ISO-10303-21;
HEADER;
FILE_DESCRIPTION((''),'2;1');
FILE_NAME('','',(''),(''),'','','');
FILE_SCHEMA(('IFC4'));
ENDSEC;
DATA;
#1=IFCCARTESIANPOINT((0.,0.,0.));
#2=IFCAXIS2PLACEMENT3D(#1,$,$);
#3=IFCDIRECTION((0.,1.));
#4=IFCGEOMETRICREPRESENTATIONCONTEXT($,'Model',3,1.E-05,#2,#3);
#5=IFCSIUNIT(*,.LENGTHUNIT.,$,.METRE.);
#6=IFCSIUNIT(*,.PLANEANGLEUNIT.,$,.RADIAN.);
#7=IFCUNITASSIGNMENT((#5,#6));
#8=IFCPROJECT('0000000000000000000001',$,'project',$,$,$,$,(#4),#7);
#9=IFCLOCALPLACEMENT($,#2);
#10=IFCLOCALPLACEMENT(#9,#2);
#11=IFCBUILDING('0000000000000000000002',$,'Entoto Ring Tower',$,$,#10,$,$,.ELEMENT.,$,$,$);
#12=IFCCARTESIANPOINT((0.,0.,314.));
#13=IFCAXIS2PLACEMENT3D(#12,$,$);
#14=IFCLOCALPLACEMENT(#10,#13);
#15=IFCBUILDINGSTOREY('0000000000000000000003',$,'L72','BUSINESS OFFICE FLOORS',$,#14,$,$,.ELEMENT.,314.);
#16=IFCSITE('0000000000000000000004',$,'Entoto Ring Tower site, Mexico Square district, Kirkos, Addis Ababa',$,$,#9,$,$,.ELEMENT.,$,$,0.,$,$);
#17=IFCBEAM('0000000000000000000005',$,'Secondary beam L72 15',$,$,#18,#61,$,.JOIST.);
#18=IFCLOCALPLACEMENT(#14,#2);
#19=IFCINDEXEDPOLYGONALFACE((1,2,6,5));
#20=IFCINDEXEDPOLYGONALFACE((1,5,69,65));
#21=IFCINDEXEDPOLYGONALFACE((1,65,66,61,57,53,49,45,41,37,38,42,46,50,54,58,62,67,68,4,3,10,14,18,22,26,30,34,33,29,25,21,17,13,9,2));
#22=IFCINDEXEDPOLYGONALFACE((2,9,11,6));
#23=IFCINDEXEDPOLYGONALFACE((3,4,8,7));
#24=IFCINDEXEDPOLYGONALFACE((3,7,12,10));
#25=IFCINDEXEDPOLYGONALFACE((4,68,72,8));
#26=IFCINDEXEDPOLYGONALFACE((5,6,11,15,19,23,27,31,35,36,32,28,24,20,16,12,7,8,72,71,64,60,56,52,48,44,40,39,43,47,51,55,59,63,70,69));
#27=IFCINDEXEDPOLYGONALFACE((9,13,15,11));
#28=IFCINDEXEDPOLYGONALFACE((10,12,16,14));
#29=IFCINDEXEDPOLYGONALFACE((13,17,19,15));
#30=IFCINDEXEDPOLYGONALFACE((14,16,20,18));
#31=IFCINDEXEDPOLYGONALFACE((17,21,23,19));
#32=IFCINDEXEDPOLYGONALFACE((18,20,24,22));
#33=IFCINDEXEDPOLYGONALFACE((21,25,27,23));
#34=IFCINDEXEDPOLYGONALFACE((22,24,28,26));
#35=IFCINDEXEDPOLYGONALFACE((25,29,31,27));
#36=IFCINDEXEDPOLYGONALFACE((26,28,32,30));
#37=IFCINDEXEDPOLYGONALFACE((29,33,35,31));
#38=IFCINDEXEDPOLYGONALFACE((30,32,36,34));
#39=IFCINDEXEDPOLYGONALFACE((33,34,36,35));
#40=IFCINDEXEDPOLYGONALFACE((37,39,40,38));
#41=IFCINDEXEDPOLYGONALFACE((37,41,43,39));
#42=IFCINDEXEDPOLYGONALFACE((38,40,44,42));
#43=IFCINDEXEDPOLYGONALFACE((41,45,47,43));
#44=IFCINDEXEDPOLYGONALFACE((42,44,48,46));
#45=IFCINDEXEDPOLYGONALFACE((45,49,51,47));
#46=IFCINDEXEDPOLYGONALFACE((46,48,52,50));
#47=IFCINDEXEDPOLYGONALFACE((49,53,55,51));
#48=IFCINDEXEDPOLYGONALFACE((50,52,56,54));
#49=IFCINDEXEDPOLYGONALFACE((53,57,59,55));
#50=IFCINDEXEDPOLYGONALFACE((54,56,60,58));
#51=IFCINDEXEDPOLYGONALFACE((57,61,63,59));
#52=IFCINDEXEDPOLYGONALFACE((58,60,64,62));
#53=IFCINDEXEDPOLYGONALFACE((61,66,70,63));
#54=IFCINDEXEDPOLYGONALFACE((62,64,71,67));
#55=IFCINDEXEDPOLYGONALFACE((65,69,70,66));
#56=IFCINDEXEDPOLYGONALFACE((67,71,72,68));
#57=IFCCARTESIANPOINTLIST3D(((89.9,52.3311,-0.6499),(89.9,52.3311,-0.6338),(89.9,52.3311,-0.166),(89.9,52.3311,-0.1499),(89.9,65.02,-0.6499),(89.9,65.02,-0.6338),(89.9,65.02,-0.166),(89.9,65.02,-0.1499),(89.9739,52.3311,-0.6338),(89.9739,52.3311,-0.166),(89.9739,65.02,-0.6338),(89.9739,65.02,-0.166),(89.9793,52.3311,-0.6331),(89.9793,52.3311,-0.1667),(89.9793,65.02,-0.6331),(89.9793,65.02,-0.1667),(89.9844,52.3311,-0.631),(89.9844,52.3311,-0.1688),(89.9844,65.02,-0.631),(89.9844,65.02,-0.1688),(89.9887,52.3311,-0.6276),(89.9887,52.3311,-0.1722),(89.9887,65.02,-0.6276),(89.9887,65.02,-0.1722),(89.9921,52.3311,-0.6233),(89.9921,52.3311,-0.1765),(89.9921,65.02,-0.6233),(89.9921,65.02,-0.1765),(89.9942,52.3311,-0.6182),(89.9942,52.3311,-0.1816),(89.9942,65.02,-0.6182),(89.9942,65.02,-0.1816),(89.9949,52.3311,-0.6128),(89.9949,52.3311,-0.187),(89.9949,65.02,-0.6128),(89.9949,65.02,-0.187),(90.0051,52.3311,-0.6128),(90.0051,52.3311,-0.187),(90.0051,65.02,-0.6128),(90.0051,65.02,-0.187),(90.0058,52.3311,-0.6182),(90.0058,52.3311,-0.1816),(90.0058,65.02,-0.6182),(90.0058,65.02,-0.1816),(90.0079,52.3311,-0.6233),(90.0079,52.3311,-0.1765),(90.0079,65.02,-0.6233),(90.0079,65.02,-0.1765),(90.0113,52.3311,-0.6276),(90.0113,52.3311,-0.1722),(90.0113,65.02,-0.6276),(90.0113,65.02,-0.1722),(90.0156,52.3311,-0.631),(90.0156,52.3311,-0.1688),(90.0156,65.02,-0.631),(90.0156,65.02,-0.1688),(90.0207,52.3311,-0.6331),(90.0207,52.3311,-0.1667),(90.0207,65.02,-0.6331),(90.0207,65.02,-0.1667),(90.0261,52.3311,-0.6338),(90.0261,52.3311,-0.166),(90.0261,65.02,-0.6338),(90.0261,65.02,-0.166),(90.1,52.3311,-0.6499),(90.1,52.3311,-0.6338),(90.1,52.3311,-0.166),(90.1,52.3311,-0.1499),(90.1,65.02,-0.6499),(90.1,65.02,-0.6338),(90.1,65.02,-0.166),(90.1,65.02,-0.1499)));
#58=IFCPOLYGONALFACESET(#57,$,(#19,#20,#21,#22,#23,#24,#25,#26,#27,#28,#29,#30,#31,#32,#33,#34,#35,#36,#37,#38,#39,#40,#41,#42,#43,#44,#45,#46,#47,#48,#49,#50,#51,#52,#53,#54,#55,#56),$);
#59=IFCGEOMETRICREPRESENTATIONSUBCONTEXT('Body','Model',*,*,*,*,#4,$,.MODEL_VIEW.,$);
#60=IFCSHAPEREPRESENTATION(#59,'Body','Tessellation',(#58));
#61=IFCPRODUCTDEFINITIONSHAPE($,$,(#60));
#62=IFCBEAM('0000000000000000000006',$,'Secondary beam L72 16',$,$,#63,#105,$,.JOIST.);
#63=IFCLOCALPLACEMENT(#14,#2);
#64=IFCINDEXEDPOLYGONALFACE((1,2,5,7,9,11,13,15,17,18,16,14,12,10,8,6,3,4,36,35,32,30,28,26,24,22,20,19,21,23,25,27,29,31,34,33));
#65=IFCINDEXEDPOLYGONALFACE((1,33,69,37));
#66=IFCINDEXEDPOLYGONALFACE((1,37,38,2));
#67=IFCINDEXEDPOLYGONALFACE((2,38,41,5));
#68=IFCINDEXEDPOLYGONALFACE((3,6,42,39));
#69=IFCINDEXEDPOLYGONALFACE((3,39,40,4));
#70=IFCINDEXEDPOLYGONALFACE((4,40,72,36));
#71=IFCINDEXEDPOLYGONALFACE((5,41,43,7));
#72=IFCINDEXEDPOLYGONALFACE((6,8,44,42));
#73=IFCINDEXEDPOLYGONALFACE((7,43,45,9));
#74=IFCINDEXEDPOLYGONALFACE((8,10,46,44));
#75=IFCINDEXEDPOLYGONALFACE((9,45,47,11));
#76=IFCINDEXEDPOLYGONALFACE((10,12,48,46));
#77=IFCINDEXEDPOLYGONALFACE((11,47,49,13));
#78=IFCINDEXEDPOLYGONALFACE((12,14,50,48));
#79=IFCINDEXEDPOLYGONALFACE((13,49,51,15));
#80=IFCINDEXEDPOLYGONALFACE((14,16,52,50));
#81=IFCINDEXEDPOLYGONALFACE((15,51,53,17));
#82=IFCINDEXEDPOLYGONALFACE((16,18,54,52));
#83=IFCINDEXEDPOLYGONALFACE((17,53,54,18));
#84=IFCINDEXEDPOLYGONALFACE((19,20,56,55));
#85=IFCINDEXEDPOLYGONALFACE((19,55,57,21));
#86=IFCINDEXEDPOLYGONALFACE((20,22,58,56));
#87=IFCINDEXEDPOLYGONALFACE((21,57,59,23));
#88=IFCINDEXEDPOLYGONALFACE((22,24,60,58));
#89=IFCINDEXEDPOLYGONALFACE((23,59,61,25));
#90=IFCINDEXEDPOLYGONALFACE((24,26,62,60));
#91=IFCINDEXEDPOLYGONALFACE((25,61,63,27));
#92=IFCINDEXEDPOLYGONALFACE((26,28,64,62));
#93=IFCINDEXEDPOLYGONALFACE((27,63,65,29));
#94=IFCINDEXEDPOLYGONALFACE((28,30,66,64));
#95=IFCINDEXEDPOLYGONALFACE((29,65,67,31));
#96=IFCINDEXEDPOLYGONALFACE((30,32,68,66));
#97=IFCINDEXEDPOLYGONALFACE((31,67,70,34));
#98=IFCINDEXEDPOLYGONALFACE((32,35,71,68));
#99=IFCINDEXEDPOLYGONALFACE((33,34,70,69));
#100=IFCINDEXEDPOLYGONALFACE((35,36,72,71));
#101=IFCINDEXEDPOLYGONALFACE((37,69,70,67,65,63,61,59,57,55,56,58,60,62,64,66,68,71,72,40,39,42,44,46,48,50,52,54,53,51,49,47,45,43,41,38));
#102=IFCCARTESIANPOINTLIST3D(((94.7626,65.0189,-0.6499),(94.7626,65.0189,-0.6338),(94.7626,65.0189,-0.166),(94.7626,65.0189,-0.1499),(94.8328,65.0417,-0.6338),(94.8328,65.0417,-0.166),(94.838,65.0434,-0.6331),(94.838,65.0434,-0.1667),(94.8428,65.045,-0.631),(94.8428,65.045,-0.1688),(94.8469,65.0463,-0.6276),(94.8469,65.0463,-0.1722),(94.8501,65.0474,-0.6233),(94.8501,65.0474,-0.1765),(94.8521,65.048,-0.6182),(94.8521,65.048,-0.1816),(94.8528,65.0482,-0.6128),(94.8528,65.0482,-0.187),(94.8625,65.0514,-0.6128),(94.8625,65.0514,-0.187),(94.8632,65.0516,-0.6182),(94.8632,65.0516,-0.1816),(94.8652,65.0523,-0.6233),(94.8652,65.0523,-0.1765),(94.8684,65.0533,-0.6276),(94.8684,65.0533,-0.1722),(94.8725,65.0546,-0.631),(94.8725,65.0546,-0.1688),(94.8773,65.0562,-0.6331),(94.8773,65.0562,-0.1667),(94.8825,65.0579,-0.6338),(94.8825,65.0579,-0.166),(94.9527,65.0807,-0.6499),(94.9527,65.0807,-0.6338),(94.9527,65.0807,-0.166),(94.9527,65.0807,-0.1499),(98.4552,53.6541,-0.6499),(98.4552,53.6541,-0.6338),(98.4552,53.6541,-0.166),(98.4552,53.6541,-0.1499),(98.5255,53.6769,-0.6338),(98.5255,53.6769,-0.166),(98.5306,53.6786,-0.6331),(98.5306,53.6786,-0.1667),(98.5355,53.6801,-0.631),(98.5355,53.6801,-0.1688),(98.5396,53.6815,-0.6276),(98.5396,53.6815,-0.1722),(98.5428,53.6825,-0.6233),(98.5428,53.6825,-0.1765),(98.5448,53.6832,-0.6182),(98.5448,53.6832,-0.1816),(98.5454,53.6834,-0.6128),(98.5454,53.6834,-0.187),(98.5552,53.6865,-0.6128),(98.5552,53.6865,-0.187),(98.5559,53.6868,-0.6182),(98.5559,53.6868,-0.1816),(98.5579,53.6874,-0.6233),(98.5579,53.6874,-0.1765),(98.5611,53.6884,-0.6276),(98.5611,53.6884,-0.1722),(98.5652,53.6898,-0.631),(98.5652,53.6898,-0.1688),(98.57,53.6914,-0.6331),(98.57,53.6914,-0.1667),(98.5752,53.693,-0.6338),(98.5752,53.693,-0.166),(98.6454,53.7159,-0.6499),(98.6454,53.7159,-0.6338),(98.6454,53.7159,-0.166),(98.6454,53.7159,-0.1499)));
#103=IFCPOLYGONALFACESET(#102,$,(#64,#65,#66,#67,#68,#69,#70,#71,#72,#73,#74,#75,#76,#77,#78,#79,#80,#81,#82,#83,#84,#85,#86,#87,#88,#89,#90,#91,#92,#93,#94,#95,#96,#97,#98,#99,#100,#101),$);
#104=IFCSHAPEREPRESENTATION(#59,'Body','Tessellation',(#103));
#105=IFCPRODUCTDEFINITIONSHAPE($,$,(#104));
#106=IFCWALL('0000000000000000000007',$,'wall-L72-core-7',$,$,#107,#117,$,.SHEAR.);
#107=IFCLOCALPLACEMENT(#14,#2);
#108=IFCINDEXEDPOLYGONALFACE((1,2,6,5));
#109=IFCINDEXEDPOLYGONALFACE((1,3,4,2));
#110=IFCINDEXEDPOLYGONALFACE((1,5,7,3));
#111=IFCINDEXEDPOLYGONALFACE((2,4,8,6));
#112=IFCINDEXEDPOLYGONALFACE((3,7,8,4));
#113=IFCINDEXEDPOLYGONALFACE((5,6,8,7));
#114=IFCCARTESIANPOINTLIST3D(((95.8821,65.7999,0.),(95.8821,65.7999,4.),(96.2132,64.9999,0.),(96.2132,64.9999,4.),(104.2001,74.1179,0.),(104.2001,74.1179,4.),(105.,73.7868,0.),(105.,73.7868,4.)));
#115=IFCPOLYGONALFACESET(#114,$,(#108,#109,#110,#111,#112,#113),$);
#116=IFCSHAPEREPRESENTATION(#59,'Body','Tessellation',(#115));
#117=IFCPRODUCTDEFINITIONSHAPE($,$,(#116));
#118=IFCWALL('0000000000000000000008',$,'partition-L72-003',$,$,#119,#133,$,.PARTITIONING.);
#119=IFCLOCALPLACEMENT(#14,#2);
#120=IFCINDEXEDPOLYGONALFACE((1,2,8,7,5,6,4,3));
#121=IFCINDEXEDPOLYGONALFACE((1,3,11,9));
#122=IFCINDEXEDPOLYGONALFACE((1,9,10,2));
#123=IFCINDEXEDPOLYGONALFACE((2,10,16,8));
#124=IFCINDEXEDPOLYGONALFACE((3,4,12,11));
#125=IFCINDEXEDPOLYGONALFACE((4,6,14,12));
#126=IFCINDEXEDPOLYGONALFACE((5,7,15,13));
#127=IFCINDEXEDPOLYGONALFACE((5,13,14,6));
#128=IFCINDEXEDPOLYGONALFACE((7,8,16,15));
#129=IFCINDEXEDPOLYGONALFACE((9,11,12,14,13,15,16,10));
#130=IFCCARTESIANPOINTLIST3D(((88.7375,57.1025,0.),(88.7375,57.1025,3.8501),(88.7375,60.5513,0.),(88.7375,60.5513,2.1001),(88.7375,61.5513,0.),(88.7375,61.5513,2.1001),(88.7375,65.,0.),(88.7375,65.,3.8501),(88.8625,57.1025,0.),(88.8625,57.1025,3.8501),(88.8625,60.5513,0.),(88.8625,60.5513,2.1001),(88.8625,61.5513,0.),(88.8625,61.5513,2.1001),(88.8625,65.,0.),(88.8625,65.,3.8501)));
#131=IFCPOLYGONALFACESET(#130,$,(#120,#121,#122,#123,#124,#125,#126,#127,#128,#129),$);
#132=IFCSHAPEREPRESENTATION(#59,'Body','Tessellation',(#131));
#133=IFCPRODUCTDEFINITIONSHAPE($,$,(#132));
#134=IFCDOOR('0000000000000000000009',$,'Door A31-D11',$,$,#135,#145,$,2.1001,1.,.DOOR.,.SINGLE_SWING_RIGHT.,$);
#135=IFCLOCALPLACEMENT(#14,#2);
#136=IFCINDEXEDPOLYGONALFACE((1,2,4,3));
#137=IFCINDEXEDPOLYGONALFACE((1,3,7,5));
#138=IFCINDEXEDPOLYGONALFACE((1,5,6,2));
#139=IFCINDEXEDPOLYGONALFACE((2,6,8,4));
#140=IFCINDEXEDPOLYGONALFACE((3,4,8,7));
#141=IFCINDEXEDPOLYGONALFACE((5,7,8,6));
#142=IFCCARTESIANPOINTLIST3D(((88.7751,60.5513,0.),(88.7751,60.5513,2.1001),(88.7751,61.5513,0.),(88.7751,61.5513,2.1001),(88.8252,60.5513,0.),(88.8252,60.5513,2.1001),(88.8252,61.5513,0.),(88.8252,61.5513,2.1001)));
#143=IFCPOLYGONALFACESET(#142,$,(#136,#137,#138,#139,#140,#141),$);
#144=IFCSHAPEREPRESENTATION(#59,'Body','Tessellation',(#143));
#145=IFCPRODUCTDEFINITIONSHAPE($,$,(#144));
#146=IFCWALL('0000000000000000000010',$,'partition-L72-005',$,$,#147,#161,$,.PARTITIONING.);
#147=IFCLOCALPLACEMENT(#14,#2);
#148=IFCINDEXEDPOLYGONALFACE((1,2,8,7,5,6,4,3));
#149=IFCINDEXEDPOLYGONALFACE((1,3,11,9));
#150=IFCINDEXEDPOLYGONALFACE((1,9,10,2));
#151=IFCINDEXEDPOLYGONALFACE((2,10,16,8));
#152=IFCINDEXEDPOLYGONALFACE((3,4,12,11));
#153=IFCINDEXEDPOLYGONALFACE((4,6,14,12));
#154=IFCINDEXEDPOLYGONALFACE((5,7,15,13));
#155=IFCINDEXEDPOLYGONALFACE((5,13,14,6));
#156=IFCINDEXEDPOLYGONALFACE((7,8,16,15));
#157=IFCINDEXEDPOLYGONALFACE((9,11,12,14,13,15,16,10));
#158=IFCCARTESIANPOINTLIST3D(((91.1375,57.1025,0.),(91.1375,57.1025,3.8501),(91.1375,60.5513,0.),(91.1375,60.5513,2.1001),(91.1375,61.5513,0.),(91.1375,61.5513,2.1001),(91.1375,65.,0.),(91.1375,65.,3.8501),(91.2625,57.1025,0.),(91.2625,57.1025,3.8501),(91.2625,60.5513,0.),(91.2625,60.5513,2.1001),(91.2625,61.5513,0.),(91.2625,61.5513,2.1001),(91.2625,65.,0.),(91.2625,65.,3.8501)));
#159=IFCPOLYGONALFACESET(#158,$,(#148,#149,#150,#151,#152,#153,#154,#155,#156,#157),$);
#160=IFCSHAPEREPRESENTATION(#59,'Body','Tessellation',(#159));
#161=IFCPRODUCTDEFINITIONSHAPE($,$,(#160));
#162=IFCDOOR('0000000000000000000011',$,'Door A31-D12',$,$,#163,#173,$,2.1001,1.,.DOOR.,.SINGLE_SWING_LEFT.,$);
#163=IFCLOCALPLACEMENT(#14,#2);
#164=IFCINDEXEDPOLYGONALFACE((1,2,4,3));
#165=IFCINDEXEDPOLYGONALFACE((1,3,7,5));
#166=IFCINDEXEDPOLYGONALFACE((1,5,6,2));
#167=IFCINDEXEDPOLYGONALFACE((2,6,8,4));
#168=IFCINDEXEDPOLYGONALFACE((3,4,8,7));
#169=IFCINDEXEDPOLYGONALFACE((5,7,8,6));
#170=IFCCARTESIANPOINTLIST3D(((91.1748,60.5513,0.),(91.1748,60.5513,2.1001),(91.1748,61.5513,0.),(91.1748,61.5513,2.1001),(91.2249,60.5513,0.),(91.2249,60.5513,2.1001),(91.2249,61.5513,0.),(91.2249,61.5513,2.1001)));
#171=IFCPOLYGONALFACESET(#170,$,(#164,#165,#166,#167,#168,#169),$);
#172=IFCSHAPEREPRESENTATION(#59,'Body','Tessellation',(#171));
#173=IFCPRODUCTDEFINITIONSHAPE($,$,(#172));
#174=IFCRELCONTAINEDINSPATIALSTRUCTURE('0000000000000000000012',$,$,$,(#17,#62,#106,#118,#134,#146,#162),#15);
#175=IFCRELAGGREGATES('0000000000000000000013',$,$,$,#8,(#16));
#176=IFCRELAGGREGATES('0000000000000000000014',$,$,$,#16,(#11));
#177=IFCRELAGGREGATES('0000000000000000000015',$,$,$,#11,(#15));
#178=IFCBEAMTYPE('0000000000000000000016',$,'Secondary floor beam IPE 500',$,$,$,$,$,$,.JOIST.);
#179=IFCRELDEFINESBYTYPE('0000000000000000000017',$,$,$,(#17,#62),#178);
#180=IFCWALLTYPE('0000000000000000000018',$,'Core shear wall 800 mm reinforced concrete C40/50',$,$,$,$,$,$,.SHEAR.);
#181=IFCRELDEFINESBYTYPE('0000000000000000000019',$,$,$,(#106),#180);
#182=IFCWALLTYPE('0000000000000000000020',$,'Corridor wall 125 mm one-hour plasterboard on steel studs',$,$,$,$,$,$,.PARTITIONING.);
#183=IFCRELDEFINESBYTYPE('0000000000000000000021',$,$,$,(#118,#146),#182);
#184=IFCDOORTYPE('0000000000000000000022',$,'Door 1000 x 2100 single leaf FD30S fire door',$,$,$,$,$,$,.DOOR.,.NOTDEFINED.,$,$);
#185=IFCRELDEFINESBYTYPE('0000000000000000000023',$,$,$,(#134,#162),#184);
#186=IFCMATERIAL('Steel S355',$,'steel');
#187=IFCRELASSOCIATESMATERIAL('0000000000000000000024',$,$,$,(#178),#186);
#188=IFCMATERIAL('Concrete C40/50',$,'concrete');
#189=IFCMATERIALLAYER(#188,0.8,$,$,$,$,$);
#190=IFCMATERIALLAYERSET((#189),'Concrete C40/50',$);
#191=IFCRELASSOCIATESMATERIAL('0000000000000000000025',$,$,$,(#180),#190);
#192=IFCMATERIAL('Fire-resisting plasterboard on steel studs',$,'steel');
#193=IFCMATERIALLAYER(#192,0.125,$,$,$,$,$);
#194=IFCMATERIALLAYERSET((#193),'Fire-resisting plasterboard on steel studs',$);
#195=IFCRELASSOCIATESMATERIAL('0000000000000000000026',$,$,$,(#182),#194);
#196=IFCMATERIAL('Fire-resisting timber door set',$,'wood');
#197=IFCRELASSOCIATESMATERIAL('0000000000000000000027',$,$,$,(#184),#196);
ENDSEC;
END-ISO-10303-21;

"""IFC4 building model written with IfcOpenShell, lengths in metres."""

from ifc_helpers import new_model, si_unit, direction, frame, frame_2d, origin, origin_2d, place, context, subcontext, project, spatial, polyline, rectangle, i_section, outline, extrude, material, layer, layer_set, material_profile, profile_set, type_object, element, fill, save


model = new_model("IFC4")

# Units and contexts
model_context = context("Model", 3, precision=1e-05, world=origin(), true_north=direction((0.0, 1.0)))
body_context = subcontext(model_context, "Body", "Model", "MODEL_VIEW")
ifc_project = project(units=[si_unit("LENGTHUNIT", "METRE"), si_unit("PLANEANGLEUNIT", "RADIAN")], contexts=[model_context])

# Site, building, storey
site_placement = place(None, origin())
site = spatial("IfcSite", under=ifc_project, at=site_placement, Name="Entoto Ring Tower site, Mexico Square district, Kirkos, Addis Ababa", CompositionType="ELEMENT", RefElevation=0.0)
building_placement = place(site_placement, origin())
building = spatial("IfcBuilding", under=site, at=building_placement, Name="Entoto Ring Tower", CompositionType="ELEMENT")
storey_placement = place(building_placement, frame((0.0, 0.0, 314.0)))
storey = spatial("IfcBuildingStorey", under=building, at=storey_placement, Name="L72", Description="BUSINESS OFFICE FLOORS", CompositionType="ELEMENT", Elevation=314.0)

# Beams
ifc_material_1 = material(Name="Steel S355", Category="steel")
ifc_material_profile_1 = material_profile(ifc_material_1, i_section(OverallWidth=0.2, OverallDepth=0.5, WebThickness=0.0103, FlangeThickness=0.0161, FilletRadius=0.021, at=origin_2d()), Name="IPE 500")
ifc_profile_set_1 = profile_set([ifc_material_profile_1], Name="Steel S355")
beam_type_1 = type_object("IfcBeamType", Name="Secondary floor beam IPE 500", PredefinedType="JOIST", material=ifc_profile_set_1)
beam_1_placement = place(storey_placement, frame((90.0, 65.02, -0.3999), z_axis=(0.0, -1.0, 0.0), x_axis=(1.0, 0.0, 0.0)))
element("IfcBeam", 1, at=beam_1_placement, inside=storey, type_object=beam_type_1, Name="Secondary beam L72 15", PredefinedType="JOIST", context=body_context, shape_type="SweptSolid", body=[
    extrude(i_section(OverallWidth=0.2, OverallDepth=0.5, WebThickness=0.0103, FlangeThickness=0.0161, FilletRadius=0.021, at=origin_2d()), origin(), (0.0, 0.0, 1.0), 12.689),
])
beam_2_placement = place(storey_placement, frame((94.8577, 65.0498, -0.3999), z_axis=(0.309017, -0.951057, 0.0), x_axis=(0.951057, 0.309017, 0.0)))
element("IfcBeam", 2, at=beam_2_placement, inside=storey, type_object=beam_type_1, Name="Secondary beam L72 16", PredefinedType="JOIST", context=body_context, shape_type="SweptSolid", body=[
    extrude(i_section(OverallWidth=0.2, OverallDepth=0.5, WebThickness=0.0103, FlangeThickness=0.0161, FilletRadius=0.021, at=origin_2d()), origin(), (0.0, 0.0, 1.0), 11.9497),
])

# Wall
ifc_material_2 = material(Name="Concrete C40/50", Category="concrete")
ifc_layer_1 = layer(ifc_material_2, 0.8)
ifc_layer_set_1 = layer_set([ifc_layer_1], Name="Concrete C40/50")
wall_type_1 = type_object("IfcWallType", Name="Core shear wall 800 mm reinforced concrete C40/50", PredefinedType="SHEAR", material=ifc_layer_set_1)
wall_1_placement = place(storey_placement, frame((96.0476, 65.3999, 0.0), z_axis=(0.0, 0.0, 1.0), x_axis=(0.707107, 0.707107, 0.0)))
element("IfcWall", 3, at=wall_1_placement, inside=storey, type_object=wall_type_1, Name="wall-L72-core-7", PredefinedType="SHEAR", context=body_context, shape_type="SweptSolid", body=[
    extrude(outline(polyline([(-0.1658, -0.3999), (12.2607, -0.3999), (11.9292, 0.3999), (0.1658, 0.3999), (-0.1658, -0.3999)])), origin(), (0.0, 0.0, 1.0), 4.0),
])

# Walls, openings, doors
ifc_material_3 = material(Name="Fire-resisting plasterboard on steel studs", Category="steel")
ifc_layer_2 = layer(ifc_material_3, 0.125)
ifc_layer_set_2 = layer_set([ifc_layer_2], Name="Fire-resisting plasterboard on steel studs")
wall_type_2 = type_object("IfcWallType", Name="Corridor wall 125 mm one-hour plasterboard on steel studs", PredefinedType="PARTITIONING", material=ifc_layer_set_2)
wall_2_placement = place(storey_placement, frame((88.8, 57.1025, 0.0), z_axis=(0.0, 0.0, 1.0), x_axis=(0.0, 1.0, 0.0)))
wall_2 = element("IfcWall", 4, at=wall_2_placement, inside=storey, type_object=wall_type_2, Name="partition-L72-003", PredefinedType="PARTITIONING", context=body_context, shape_type="SweptSolid", body=[
    extrude(rectangle(XDim=7.8975, YDim=0.125, at=frame_2d((3.9487, 0.0))), origin(), (0.0, 0.0, 1.0), 3.8501),
])
opening_1_placement = place(wall_2_placement, frame((3.4487, 0.0, 0.0)))
opening_1 = element("IfcOpeningElement", 5, at=opening_1_placement, cuts=wall_2, PredefinedType="OPENING", context=body_context, shape_type="SweptSolid", body=[
    extrude(rectangle(XDim=1.0, YDim=2.1001, at=frame_2d((0.5, 1.05))), frame((0.0, 0.0725, 0.0), z_axis=(0.0, -1.0, 0.0), x_axis=(1.0, 0.0, 0.0)), (0.0, 0.0, 1.0), 0.145),
])
ifc_material_4 = material(Name="Fire-resisting timber door set", Category="wood")
door_type = type_object("IfcDoorType", Name="Door 1000 x 2100 single leaf FD30S fire door", OperationType="NOTDEFINED", PredefinedType="DOOR", material=ifc_material_4)
door_1_placement = place(opening_1_placement, origin())
door_1 = element("IfcDoor", 6, at=door_1_placement, inside=storey, type_object=door_type, Name="Door A31-D11", OperationType="SINGLE_SWING_RIGHT", OverallHeight=2.1001, OverallWidth=1.0, PredefinedType="DOOR", context=body_context, shape_type="SweptSolid", body=[
    extrude(rectangle(XDim=1.0, YDim=2.1001, at=frame_2d((0.5, 1.05))), frame((0.0, 0.0249, 0.0), z_axis=(0.0, -1.0, 0.0), x_axis=(1.0, 0.0, 0.0)), (0.0, 0.0, 1.0), 0.05),
])
fill(opening_1, door_1)
wall_3_placement = place(storey_placement, frame((91.2, 57.1025, 0.0), z_axis=(0.0, 0.0, 1.0), x_axis=(0.0, 1.0, 0.0)))
wall_3 = element("IfcWall", 7, at=wall_3_placement, inside=storey, type_object=wall_type_2, Name="partition-L72-005", PredefinedType="PARTITIONING", context=body_context, shape_type="SweptSolid", body=[
    extrude(rectangle(XDim=7.8975, YDim=0.125, at=frame_2d((3.9487, 0.0))), origin(), (0.0, 0.0, 1.0), 3.8501),
])
opening_2_placement = place(wall_3_placement, frame((3.4487, 0.0, 0.0)))
opening_2 = element("IfcOpeningElement", 8, at=opening_2_placement, cuts=wall_3, PredefinedType="OPENING", context=body_context, shape_type="SweptSolid", body=[
    extrude(rectangle(XDim=1.0, YDim=2.1001, at=frame_2d((0.5, 1.05))), frame((0.0, 0.0725, 0.0), z_axis=(0.0, -1.0, 0.0), x_axis=(1.0, 0.0, 0.0)), (0.0, 0.0, 1.0), 0.145),
])
door_2_placement = place(opening_2_placement, frame((1.0, 0.0, 0.0), z_axis=(0.0, 0.0, 1.0), x_axis=(-1.0, 0.0, 0.0)))
door_2 = element("IfcDoor", 9, at=door_2_placement, inside=storey, type_object=door_type, Name="Door A31-D12", OperationType="SINGLE_SWING_LEFT", OverallHeight=2.1001, OverallWidth=1.0, PredefinedType="DOOR", context=body_context, shape_type="SweptSolid", body=[
    extrude(rectangle(XDim=1.0, YDim=2.1001, at=frame_2d((0.5, 1.05))), frame((0.0, 0.0249, 0.0), z_axis=(0.0, -1.0, 0.0), x_axis=(1.0, 0.0, 0.0)), (0.0, 0.0, 1.0), 0.05),
])
fill(opening_2, door_2)

save(model, "model.ifc")
